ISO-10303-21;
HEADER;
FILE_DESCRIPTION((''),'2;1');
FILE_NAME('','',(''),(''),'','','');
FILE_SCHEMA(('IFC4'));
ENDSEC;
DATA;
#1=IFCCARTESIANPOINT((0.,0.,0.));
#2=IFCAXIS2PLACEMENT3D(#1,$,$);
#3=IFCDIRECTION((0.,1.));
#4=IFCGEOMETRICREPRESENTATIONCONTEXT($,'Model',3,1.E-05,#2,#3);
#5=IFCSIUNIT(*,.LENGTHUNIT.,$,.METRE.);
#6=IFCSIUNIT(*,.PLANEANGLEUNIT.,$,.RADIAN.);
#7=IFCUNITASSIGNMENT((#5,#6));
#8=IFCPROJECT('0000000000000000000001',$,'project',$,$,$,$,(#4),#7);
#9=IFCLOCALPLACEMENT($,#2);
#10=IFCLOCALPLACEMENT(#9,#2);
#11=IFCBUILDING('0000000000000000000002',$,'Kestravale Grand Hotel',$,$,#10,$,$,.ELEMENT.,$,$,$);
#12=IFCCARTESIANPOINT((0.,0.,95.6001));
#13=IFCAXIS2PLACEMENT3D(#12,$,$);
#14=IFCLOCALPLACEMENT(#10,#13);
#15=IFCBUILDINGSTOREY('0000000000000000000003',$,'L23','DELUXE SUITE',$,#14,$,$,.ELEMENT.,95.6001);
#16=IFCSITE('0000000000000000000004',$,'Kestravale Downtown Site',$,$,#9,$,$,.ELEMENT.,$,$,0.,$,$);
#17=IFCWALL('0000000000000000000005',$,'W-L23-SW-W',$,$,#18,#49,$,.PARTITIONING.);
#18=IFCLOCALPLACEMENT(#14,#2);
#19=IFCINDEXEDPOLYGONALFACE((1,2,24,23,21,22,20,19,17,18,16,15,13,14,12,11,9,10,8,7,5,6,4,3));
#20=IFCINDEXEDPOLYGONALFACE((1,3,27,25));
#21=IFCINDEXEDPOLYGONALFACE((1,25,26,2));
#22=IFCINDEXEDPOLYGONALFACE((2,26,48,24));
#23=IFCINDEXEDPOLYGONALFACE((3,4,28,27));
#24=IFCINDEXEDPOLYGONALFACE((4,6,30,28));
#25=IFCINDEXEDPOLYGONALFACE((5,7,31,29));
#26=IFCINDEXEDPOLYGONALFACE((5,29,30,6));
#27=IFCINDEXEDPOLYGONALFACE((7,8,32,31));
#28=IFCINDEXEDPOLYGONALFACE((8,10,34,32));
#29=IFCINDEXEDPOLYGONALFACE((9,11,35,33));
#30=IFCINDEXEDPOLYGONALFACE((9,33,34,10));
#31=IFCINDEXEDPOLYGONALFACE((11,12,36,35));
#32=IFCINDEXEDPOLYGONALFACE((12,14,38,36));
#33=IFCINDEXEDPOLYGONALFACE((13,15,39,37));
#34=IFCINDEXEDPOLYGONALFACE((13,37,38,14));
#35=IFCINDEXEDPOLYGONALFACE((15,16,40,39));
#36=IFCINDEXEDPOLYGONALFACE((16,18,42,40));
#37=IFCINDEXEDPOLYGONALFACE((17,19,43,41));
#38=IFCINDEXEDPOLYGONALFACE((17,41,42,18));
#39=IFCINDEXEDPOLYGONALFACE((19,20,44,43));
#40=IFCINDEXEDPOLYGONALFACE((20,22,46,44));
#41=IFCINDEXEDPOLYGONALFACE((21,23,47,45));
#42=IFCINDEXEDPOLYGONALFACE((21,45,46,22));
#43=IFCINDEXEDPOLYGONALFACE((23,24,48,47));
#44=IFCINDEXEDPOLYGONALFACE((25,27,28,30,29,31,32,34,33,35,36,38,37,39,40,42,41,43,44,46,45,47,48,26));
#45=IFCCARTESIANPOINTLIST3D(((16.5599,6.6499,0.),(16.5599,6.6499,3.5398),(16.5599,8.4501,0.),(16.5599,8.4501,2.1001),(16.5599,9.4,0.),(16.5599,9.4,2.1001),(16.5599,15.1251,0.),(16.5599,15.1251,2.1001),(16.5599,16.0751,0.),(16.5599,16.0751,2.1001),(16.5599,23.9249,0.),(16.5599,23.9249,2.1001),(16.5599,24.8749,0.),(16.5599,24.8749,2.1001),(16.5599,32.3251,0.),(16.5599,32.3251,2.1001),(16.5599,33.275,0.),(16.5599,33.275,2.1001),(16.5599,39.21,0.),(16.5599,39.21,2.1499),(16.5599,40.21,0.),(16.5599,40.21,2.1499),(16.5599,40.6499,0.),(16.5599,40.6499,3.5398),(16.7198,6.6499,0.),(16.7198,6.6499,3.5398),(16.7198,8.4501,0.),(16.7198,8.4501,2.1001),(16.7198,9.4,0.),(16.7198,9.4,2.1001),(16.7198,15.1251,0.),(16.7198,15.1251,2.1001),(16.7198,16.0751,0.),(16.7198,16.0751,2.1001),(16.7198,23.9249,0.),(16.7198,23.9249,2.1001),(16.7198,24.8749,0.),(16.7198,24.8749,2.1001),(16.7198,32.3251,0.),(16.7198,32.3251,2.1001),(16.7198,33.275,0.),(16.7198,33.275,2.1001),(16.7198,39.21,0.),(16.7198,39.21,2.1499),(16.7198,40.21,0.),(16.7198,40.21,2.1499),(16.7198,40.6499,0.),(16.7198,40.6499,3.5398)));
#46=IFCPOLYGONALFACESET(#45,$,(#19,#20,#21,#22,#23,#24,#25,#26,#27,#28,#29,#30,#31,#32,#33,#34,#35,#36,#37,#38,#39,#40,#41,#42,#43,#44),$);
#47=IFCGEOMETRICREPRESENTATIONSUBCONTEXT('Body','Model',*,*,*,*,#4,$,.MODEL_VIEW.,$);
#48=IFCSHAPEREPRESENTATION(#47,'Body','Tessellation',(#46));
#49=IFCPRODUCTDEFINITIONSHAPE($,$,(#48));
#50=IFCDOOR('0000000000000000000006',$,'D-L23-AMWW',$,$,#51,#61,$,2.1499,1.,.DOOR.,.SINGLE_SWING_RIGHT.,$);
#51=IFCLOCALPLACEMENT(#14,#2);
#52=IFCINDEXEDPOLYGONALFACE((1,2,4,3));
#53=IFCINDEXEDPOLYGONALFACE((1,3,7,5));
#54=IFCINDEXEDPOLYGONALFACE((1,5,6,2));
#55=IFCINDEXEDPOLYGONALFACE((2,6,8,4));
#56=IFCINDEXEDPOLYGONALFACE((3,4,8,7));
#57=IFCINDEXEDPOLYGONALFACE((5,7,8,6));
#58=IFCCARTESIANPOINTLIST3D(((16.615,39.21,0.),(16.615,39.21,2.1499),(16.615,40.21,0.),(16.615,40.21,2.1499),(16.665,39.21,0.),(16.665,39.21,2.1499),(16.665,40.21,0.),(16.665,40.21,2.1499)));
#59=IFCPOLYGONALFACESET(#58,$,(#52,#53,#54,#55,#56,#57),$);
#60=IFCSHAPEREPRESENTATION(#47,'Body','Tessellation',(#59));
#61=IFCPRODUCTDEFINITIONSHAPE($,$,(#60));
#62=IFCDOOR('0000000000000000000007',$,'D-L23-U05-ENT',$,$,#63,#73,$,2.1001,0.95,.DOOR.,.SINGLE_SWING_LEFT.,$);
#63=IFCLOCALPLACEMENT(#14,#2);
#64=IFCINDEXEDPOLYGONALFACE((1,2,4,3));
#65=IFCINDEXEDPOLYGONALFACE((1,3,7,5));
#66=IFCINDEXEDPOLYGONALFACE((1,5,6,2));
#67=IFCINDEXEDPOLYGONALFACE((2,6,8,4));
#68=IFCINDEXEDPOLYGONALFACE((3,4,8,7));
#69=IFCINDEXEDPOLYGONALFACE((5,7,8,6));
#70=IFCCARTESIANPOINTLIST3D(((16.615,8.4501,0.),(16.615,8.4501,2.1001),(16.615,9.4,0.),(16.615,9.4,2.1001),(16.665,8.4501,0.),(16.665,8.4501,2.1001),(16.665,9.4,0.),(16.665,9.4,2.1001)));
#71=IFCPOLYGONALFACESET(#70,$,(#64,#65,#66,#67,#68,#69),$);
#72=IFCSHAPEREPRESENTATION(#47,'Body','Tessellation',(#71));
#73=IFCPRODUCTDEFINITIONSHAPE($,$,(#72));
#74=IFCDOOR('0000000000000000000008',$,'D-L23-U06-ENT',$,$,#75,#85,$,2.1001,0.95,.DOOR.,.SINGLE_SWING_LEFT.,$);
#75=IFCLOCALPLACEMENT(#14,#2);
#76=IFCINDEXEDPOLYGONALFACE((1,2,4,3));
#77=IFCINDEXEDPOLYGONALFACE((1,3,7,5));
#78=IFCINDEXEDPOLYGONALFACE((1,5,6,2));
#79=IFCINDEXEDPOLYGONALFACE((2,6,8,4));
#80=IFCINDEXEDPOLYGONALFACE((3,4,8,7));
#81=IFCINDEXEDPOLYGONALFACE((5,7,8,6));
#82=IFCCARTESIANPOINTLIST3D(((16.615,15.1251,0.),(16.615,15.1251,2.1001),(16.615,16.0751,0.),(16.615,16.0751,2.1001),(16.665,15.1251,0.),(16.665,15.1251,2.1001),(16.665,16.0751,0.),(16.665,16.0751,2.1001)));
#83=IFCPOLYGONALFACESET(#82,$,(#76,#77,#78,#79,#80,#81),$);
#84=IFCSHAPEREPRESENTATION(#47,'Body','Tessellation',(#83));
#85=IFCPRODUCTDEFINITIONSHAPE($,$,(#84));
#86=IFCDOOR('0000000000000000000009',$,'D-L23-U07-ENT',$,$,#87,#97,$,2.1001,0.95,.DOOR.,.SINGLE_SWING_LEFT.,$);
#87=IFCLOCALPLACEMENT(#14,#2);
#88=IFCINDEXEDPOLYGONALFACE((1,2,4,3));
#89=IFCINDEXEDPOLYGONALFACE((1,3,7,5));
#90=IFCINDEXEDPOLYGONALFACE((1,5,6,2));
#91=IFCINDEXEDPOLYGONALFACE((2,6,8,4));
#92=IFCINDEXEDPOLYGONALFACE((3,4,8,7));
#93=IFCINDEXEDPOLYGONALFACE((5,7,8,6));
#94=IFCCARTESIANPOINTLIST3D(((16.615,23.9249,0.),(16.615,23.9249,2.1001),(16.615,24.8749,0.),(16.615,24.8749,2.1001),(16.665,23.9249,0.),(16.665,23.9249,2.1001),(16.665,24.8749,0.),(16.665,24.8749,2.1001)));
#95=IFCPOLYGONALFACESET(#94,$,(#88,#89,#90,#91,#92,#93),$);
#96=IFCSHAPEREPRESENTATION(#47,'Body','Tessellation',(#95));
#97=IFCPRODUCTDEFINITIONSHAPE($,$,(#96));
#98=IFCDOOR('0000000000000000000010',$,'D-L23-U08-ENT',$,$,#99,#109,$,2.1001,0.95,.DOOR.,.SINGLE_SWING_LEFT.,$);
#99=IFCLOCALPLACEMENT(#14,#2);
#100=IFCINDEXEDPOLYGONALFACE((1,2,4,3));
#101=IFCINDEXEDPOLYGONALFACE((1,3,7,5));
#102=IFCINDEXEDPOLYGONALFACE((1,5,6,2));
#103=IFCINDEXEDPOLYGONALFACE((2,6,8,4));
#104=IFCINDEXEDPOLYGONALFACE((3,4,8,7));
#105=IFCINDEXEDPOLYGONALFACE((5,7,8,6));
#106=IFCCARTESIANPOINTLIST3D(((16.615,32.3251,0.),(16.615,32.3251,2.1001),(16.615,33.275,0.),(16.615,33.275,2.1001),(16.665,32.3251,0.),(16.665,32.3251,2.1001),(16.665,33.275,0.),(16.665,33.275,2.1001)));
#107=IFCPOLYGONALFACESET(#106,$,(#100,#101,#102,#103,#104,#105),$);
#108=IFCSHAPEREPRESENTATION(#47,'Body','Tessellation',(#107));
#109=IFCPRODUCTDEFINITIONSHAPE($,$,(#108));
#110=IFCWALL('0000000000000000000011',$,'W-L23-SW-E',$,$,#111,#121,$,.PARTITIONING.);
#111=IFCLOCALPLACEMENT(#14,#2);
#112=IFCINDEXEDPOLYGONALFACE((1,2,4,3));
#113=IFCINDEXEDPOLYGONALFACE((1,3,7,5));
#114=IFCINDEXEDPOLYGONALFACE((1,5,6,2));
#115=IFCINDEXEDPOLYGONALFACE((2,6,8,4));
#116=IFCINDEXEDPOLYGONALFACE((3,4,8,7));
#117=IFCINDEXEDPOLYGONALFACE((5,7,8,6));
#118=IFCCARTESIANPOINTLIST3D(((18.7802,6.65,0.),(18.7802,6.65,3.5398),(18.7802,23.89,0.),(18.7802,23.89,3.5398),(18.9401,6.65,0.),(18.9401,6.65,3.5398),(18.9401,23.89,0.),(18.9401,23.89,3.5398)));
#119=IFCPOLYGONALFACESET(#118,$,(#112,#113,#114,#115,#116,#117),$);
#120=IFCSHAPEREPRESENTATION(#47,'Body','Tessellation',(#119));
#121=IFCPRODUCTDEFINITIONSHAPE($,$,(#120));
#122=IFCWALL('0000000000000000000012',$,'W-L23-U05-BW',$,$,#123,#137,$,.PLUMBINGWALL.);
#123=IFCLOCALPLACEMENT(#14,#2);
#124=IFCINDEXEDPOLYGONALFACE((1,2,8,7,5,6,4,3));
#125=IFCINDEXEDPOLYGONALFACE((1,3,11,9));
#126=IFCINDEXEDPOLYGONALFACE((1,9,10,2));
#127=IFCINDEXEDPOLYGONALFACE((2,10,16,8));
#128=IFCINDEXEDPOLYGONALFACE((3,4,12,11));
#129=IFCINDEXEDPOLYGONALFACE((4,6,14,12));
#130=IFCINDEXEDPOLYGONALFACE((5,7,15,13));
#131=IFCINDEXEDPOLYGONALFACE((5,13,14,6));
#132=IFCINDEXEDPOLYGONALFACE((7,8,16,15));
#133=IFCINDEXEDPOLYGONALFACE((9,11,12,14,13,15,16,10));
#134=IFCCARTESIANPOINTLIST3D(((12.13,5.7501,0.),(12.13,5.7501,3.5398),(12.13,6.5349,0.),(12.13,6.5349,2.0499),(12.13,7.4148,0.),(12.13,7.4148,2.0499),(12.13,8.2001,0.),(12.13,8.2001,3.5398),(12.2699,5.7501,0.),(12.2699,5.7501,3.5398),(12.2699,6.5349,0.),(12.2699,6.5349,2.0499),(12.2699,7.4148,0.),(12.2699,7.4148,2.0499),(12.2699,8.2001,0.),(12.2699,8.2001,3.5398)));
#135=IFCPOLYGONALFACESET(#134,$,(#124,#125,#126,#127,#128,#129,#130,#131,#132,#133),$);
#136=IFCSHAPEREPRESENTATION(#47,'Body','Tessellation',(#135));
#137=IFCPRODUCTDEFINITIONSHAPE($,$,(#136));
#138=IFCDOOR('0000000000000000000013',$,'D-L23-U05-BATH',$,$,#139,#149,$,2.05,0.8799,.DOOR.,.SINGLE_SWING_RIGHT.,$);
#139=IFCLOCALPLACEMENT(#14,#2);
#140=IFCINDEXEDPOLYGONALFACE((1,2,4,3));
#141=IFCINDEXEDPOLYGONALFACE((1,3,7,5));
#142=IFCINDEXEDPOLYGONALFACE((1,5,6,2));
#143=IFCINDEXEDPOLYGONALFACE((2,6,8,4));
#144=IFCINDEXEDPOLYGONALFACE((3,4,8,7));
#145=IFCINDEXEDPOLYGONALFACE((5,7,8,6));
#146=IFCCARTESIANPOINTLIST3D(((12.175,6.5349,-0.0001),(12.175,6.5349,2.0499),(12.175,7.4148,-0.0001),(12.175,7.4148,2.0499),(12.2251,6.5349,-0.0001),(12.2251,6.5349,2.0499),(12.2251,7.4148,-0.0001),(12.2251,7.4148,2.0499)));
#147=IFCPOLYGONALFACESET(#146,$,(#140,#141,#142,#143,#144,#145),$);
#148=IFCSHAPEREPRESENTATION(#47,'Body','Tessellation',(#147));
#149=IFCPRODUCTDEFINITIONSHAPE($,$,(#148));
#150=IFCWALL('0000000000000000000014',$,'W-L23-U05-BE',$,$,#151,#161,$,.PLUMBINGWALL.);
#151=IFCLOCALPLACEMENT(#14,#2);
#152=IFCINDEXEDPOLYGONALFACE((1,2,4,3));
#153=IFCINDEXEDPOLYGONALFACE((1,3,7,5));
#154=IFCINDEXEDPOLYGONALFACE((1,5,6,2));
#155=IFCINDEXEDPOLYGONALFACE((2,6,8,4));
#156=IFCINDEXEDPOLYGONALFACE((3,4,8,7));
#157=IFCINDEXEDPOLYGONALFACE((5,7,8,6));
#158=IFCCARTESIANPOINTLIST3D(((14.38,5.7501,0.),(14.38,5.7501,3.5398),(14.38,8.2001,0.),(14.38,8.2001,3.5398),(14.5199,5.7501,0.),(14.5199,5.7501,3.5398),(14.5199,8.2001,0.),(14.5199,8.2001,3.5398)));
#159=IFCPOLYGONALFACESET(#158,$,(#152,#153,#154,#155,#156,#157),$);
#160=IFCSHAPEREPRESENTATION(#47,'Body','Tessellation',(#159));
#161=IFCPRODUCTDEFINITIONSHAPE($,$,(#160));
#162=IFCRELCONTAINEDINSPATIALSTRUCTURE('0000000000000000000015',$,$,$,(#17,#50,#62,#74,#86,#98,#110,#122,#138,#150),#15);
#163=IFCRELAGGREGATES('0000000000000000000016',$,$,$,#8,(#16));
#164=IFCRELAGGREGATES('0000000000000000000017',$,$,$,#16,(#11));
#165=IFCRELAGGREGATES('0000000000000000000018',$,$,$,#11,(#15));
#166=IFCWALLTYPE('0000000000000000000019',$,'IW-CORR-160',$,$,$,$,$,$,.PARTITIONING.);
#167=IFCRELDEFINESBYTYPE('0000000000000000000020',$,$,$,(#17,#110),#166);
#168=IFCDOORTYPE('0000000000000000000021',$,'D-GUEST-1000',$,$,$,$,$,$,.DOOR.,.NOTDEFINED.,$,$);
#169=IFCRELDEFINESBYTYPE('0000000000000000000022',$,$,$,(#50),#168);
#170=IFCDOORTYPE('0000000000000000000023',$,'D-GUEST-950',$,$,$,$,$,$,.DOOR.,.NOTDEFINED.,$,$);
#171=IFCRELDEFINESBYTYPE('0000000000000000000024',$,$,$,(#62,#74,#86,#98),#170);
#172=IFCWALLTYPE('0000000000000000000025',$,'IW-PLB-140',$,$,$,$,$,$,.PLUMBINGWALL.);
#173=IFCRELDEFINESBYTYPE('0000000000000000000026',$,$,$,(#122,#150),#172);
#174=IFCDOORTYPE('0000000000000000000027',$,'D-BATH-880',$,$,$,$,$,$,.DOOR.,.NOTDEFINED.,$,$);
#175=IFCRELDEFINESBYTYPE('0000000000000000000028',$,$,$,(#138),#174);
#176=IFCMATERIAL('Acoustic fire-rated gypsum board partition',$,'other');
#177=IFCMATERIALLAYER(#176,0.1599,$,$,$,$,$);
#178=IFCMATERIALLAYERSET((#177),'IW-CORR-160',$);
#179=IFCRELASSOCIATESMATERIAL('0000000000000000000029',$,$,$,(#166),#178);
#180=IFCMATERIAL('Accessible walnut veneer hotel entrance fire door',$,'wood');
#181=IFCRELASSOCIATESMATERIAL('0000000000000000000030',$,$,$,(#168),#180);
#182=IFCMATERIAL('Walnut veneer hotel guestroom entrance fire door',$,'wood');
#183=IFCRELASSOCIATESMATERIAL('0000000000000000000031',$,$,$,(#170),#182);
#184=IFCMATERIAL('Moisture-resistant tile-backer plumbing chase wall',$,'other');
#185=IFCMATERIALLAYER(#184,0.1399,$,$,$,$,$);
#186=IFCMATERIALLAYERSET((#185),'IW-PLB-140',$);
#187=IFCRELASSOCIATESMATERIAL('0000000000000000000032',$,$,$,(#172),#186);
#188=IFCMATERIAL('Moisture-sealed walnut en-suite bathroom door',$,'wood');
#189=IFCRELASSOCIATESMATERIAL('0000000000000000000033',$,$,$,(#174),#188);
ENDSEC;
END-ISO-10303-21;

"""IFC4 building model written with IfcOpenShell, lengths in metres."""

from ifc_helpers import new_model, si_unit, direction, frame, frame_2d, origin, place, context, subcontext, project, spatial, rectangle, extrude, material, layer, layer_set, type_object, element, fill, save


model = new_model("IFC4")

# Units and contexts
model_context = context("Model", 3, precision=1e-05, world=origin(), true_north=direction((0.0, 1.0)))
body_context = subcontext(model_context, "Body", "Model", "MODEL_VIEW")
ifc_project = project(units=[si_unit("LENGTHUNIT", "METRE"), si_unit("PLANEANGLEUNIT", "RADIAN")], contexts=[model_context])

# Site, building, storey
site_placement = place(None, origin())
site = spatial("IfcSite", under=ifc_project, at=site_placement, Name="Kestravale Downtown Site", CompositionType="ELEMENT", RefElevation=0.0)
building_placement = place(site_placement, origin())
building = spatial("IfcBuilding", under=site, at=building_placement, Name="Kestravale Grand Hotel", CompositionType="ELEMENT")
storey_placement = place(building_placement, frame((0.0, 0.0, 95.6001)))
storey = spatial("IfcBuildingStorey", under=building, at=storey_placement, Name="L23", Description="DELUXE SUITE", CompositionType="ELEMENT", Elevation=95.6001)

# Wall, openings, doors
ifc_material_1 = material(Name="Acoustic fire-rated gypsum board partition", Category="other")
ifc_layer_1 = layer(ifc_material_1, 0.1599)
ifc_layer_set_1 = layer_set([ifc_layer_1], Name="IW-CORR-160")
wall_type_1 = type_object("IfcWallType", Name="IW-CORR-160", PredefinedType="PARTITIONING", material=ifc_layer_set_1)
wall_1_placement = place(storey_placement, frame((16.6399, 6.6499, 0.0), z_axis=(0.0, 0.0, 1.0), x_axis=(0.0, 1.0, 0.0)))
wall_1 = element("IfcWall", 1, at=wall_1_placement, inside=storey, type_object=wall_type_1, Name="W-L23-SW-W", PredefinedType="PARTITIONING", context=body_context, shape_type="SweptSolid", body=[
    extrude(rectangle(XDim=34.0, YDim=0.1599, at=frame_2d((17.0, 0.0))), origin(), (0.0, 0.0, 1.0), 3.5398),
])
opening_1_placement = place(wall_1_placement, frame((1.8, 0.0, 0.0)))
opening_1 = element("IfcOpeningElement", 2, at=opening_1_placement, cuts=wall_1, PredefinedType="OPENING", context=body_context, shape_type="SweptSolid", body=[
    extrude(rectangle(XDim=0.95, YDim=2.1001, at=frame_2d((0.4751, 1.05))), frame((0.0, 0.0898, 0.0), z_axis=(0.0, -1.0, 0.0), x_axis=(1.0, 0.0, 0.0)), (0.0, 0.0, 1.0), 0.1799),
])
opening_2_placement = place(wall_1_placement, frame((8.4751, 0.0, 0.0)))
opening_2 = element("IfcOpeningElement", 3, at=opening_2_placement, cuts=wall_1, PredefinedType="OPENING", context=body_context, shape_type="SweptSolid", body=[
    extrude(rectangle(XDim=0.95, YDim=2.1001, at=frame_2d((0.4751, 1.05))), frame((0.0, 0.0898, 0.0), z_axis=(0.0, -1.0, 0.0), x_axis=(1.0, 0.0, 0.0)), (0.0, 0.0, 1.0), 0.1799),
])
opening_3_placement = place(wall_1_placement, frame((17.2749, 0.0, 0.0)))
opening_3 = element("IfcOpeningElement", 4, at=opening_3_placement, cuts=wall_1, PredefinedType="OPENING", context=body_context, shape_type="SweptSolid", body=[
    extrude(rectangle(XDim=0.95, YDim=2.1001, at=frame_2d((0.4751, 1.05))), frame((0.0, 0.0898, 0.0), z_axis=(0.0, -1.0, 0.0), x_axis=(1.0, 0.0, 0.0)), (0.0, 0.0, 1.0), 0.1799),
])
opening_4_placement = place(wall_1_placement, frame((25.675, 0.0, 0.0)))
opening_4 = element("IfcOpeningElement", 5, at=opening_4_placement, cuts=wall_1, PredefinedType="OPENING", context=body_context, shape_type="SweptSolid", body=[
    extrude(rectangle(XDim=0.95, YDim=2.1001, at=frame_2d((0.4751, 1.05))), frame((0.0, 0.0898, 0.0), z_axis=(0.0, -1.0, 0.0), x_axis=(1.0, 0.0, 0.0)), (0.0, 0.0, 1.0), 0.1799),
])
opening_5_placement = place(wall_1_placement, frame((32.5601, 0.0, 0.0)))
opening_5 = element("IfcOpeningElement", 6, at=opening_5_placement, cuts=wall_1, PredefinedType="OPENING", context=body_context, shape_type="SweptSolid", body=[
    extrude(rectangle(XDim=1.0, YDim=2.1499, at=frame_2d((0.5, 1.075))), frame((0.0, 0.0898, 0.0), z_axis=(0.0, -1.0, 0.0), x_axis=(1.0, 0.0, 0.0)), (0.0, 0.0, 1.0), 0.1799),
])
ifc_material_2 = material(Name="Accessible walnut veneer hotel entrance fire door", Category="wood")
door_type_1 = type_object("IfcDoorType", Name="D-GUEST-1000", OperationType="NOTDEFINED", PredefinedType="DOOR", material=ifc_material_2)
door_1_placement = place(opening_5_placement, origin())
door_1 = element("IfcDoor", 7, at=door_1_placement, inside=storey, type_object=door_type_1, Name="D-L23-AMWW", OperationType="SINGLE_SWING_RIGHT", OverallHeight=2.1499, OverallWidth=1.0, PredefinedType="DOOR", context=body_context, shape_type="SweptSolid", body=[
    extrude(rectangle(XDim=1.0, YDim=2.1499, at=frame_2d((0.5, 1.075))), frame((0.0, 0.0249, 0.0), z_axis=(0.0, -1.0, 0.0), x_axis=(1.0, 0.0, 0.0)), (0.0, 0.0, 1.0), 0.05),
])
fill(opening_5, door_1)
ifc_material_3 = material(Name="Walnut veneer hotel guestroom entrance fire door", Category="wood")
door_type_2 = type_object("IfcDoorType", Name="D-GUEST-950", OperationType="NOTDEFINED", PredefinedType="DOOR", material=ifc_material_3)
door_2_placement = place(opening_1_placement, origin())
door_2 = element("IfcDoor", 8, at=door_2_placement, inside=storey, type_object=door_type_2, Name="D-L23-U05-ENT", OperationType="SINGLE_SWING_LEFT", OverallHeight=2.1001, OverallWidth=0.95, PredefinedType="DOOR", context=body_context, shape_type="SweptSolid", body=[
    extrude(rectangle(XDim=0.95, YDim=2.1001, at=frame_2d((0.4751, 1.05))), frame((0.0, 0.0249, 0.0), z_axis=(0.0, -1.0, 0.0), x_axis=(1.0, 0.0, 0.0)), (0.0, 0.0, 1.0), 0.05),
])
fill(opening_1, door_2)
door_3_placement = place(opening_2_placement, origin())
door_3 = element("IfcDoor", 9, at=door_3_placement, inside=storey, type_object=door_type_2, Name="D-L23-U06-ENT", OperationType="SINGLE_SWING_LEFT", OverallHeight=2.1001, OverallWidth=0.95, PredefinedType="DOOR", context=body_context, shape_type="SweptSolid", body=[
    extrude(rectangle(XDim=0.95, YDim=2.1001, at=frame_2d((0.4751, 1.05))), frame((0.0, 0.0249, 0.0), z_axis=(0.0, -1.0, 0.0), x_axis=(1.0, 0.0, 0.0)), (0.0, 0.0, 1.0), 0.05),
])
fill(opening_2, door_3)
door_4_placement = place(opening_3_placement, origin())
door_4 = element("IfcDoor", 10, at=door_4_placement, inside=storey, type_object=door_type_2, Name="D-L23-U07-ENT", OperationType="SINGLE_SWING_LEFT", OverallHeight=2.1001, OverallWidth=0.95, PredefinedType="DOOR", context=body_context, shape_type="SweptSolid", body=[
    extrude(rectangle(XDim=0.95, YDim=2.1001, at=frame_2d((0.4751, 1.05))), frame((0.0, 0.0249, 0.0), z_axis=(0.0, -1.0, 0.0), x_axis=(1.0, 0.0, 0.0)), (0.0, 0.0, 1.0), 0.05),
])
fill(opening_3, door_4)
door_5_placement = place(opening_4_placement, origin())
door_5 = element("IfcDoor", 11, at=door_5_placement, inside=storey, type_object=door_type_2, Name="D-L23-U08-ENT", OperationType="SINGLE_SWING_LEFT", OverallHeight=2.1001, OverallWidth=0.95, PredefinedType="DOOR", context=body_context, shape_type="SweptSolid", body=[
    extrude(rectangle(XDim=0.95, YDim=2.1001, at=frame_2d((0.4751, 1.05))), frame((0.0, 0.0249, 0.0), z_axis=(0.0, -1.0, 0.0), x_axis=(1.0, 0.0, 0.0)), (0.0, 0.0, 1.0), 0.05),
])
fill(opening_4, door_5)

# Wall
wall_2_placement = place(storey_placement, frame((18.8601, 6.6499, 0.0), z_axis=(0.0, 0.0, 1.0), x_axis=(0.0, 1.0, 0.0)))
element("IfcWall", 12, at=wall_2_placement, inside=storey, type_object=wall_type_1, Name="W-L23-SW-E", PredefinedType="PARTITIONING", context=body_context, shape_type="SweptSolid", body=[
    extrude(rectangle(XDim=17.24, YDim=0.1599, at=frame_2d((8.6201, 0.0))), origin(), (0.0, 0.0, 1.0), 3.5398),
])

# Wall, opening, door
ifc_material_4 = material(Name="Moisture-resistant tile-backer plumbing chase wall", Category="other")
ifc_layer_2 = layer(ifc_material_4, 0.1399)
ifc_layer_set_2 = layer_set([ifc_layer_2], Name="IW-PLB-140")
wall_type_2 = type_object("IfcWallType", Name="IW-PLB-140", PredefinedType="PLUMBINGWALL", material=ifc_layer_set_2)
wall_3_placement = place(storey_placement, frame((12.2, 5.75, 0.0), z_axis=(0.0, 0.0, 1.0), x_axis=(0.0, 1.0, 0.0)))
wall_3 = element("IfcWall", 13, at=wall_3_placement, inside=storey, type_object=wall_type_2, Name="W-L23-U05-BW", PredefinedType="PLUMBINGWALL", context=body_context, shape_type="SweptSolid", body=[
    extrude(rectangle(XDim=2.45, YDim=0.1399, at=frame_2d((1.2251, 0.0))), origin(), (0.0, 0.0, 1.0), 3.5398),
])
opening_6_placement = place(wall_3_placement, frame((0.7849, 0.0, 0.0)))
opening_6 = element("IfcOpeningElement", 14, at=opening_6_placement, cuts=wall_3, PredefinedType="OPENING", context=body_context, shape_type="SweptSolid", body=[
    extrude(rectangle(XDim=0.8799, YDim=2.05, at=frame_2d((0.4399, 1.0249))), frame((0.0, 0.0798, 0.0), z_axis=(0.0, -1.0, 0.0), x_axis=(1.0, 0.0, 0.0)), (0.0, 0.0, 1.0), 0.1599),
])
ifc_material_5 = material(Name="Moisture-sealed walnut en-suite bathroom door", Category="wood")
door_type_3 = type_object("IfcDoorType", Name="D-BATH-880", OperationType="NOTDEFINED", PredefinedType="DOOR", material=ifc_material_5)
door_6_placement = place(opening_6_placement, origin())
door_6 = element("IfcDoor", 15, at=door_6_placement, inside=storey, type_object=door_type_3, Name="D-L23-U05-BATH", OperationType="SINGLE_SWING_RIGHT", OverallHeight=2.05, OverallWidth=0.8799, PredefinedType="DOOR", context=body_context, shape_type="SweptSolid", body=[
    extrude(rectangle(XDim=0.8799, YDim=2.05, at=frame_2d((0.4399, 1.0249))), frame((0.0, 0.0249, 0.0), z_axis=(0.0, -1.0, 0.0), x_axis=(1.0, 0.0, 0.0)), (0.0, 0.0, 1.0), 0.05),
])
fill(opening_6, door_6)

# Wall
wall_4_placement = place(storey_placement, frame((14.45, 5.75, 0.0), z_axis=(0.0, 0.0, 1.0), x_axis=(0.0, 1.0, 0.0)))
element("IfcWall", 16, at=wall_4_placement, inside=storey, type_object=wall_type_2, Name="W-L23-U05-BE", PredefinedType="PLUMBINGWALL", context=body_context, shape_type="SweptSolid", body=[
    extrude(rectangle(XDim=2.45, YDim=0.1399, at=frame_2d((1.2251, 0.0))), origin(), (0.0, 0.0, 1.0), 3.5398),
])

save(model, "model.ifc")
